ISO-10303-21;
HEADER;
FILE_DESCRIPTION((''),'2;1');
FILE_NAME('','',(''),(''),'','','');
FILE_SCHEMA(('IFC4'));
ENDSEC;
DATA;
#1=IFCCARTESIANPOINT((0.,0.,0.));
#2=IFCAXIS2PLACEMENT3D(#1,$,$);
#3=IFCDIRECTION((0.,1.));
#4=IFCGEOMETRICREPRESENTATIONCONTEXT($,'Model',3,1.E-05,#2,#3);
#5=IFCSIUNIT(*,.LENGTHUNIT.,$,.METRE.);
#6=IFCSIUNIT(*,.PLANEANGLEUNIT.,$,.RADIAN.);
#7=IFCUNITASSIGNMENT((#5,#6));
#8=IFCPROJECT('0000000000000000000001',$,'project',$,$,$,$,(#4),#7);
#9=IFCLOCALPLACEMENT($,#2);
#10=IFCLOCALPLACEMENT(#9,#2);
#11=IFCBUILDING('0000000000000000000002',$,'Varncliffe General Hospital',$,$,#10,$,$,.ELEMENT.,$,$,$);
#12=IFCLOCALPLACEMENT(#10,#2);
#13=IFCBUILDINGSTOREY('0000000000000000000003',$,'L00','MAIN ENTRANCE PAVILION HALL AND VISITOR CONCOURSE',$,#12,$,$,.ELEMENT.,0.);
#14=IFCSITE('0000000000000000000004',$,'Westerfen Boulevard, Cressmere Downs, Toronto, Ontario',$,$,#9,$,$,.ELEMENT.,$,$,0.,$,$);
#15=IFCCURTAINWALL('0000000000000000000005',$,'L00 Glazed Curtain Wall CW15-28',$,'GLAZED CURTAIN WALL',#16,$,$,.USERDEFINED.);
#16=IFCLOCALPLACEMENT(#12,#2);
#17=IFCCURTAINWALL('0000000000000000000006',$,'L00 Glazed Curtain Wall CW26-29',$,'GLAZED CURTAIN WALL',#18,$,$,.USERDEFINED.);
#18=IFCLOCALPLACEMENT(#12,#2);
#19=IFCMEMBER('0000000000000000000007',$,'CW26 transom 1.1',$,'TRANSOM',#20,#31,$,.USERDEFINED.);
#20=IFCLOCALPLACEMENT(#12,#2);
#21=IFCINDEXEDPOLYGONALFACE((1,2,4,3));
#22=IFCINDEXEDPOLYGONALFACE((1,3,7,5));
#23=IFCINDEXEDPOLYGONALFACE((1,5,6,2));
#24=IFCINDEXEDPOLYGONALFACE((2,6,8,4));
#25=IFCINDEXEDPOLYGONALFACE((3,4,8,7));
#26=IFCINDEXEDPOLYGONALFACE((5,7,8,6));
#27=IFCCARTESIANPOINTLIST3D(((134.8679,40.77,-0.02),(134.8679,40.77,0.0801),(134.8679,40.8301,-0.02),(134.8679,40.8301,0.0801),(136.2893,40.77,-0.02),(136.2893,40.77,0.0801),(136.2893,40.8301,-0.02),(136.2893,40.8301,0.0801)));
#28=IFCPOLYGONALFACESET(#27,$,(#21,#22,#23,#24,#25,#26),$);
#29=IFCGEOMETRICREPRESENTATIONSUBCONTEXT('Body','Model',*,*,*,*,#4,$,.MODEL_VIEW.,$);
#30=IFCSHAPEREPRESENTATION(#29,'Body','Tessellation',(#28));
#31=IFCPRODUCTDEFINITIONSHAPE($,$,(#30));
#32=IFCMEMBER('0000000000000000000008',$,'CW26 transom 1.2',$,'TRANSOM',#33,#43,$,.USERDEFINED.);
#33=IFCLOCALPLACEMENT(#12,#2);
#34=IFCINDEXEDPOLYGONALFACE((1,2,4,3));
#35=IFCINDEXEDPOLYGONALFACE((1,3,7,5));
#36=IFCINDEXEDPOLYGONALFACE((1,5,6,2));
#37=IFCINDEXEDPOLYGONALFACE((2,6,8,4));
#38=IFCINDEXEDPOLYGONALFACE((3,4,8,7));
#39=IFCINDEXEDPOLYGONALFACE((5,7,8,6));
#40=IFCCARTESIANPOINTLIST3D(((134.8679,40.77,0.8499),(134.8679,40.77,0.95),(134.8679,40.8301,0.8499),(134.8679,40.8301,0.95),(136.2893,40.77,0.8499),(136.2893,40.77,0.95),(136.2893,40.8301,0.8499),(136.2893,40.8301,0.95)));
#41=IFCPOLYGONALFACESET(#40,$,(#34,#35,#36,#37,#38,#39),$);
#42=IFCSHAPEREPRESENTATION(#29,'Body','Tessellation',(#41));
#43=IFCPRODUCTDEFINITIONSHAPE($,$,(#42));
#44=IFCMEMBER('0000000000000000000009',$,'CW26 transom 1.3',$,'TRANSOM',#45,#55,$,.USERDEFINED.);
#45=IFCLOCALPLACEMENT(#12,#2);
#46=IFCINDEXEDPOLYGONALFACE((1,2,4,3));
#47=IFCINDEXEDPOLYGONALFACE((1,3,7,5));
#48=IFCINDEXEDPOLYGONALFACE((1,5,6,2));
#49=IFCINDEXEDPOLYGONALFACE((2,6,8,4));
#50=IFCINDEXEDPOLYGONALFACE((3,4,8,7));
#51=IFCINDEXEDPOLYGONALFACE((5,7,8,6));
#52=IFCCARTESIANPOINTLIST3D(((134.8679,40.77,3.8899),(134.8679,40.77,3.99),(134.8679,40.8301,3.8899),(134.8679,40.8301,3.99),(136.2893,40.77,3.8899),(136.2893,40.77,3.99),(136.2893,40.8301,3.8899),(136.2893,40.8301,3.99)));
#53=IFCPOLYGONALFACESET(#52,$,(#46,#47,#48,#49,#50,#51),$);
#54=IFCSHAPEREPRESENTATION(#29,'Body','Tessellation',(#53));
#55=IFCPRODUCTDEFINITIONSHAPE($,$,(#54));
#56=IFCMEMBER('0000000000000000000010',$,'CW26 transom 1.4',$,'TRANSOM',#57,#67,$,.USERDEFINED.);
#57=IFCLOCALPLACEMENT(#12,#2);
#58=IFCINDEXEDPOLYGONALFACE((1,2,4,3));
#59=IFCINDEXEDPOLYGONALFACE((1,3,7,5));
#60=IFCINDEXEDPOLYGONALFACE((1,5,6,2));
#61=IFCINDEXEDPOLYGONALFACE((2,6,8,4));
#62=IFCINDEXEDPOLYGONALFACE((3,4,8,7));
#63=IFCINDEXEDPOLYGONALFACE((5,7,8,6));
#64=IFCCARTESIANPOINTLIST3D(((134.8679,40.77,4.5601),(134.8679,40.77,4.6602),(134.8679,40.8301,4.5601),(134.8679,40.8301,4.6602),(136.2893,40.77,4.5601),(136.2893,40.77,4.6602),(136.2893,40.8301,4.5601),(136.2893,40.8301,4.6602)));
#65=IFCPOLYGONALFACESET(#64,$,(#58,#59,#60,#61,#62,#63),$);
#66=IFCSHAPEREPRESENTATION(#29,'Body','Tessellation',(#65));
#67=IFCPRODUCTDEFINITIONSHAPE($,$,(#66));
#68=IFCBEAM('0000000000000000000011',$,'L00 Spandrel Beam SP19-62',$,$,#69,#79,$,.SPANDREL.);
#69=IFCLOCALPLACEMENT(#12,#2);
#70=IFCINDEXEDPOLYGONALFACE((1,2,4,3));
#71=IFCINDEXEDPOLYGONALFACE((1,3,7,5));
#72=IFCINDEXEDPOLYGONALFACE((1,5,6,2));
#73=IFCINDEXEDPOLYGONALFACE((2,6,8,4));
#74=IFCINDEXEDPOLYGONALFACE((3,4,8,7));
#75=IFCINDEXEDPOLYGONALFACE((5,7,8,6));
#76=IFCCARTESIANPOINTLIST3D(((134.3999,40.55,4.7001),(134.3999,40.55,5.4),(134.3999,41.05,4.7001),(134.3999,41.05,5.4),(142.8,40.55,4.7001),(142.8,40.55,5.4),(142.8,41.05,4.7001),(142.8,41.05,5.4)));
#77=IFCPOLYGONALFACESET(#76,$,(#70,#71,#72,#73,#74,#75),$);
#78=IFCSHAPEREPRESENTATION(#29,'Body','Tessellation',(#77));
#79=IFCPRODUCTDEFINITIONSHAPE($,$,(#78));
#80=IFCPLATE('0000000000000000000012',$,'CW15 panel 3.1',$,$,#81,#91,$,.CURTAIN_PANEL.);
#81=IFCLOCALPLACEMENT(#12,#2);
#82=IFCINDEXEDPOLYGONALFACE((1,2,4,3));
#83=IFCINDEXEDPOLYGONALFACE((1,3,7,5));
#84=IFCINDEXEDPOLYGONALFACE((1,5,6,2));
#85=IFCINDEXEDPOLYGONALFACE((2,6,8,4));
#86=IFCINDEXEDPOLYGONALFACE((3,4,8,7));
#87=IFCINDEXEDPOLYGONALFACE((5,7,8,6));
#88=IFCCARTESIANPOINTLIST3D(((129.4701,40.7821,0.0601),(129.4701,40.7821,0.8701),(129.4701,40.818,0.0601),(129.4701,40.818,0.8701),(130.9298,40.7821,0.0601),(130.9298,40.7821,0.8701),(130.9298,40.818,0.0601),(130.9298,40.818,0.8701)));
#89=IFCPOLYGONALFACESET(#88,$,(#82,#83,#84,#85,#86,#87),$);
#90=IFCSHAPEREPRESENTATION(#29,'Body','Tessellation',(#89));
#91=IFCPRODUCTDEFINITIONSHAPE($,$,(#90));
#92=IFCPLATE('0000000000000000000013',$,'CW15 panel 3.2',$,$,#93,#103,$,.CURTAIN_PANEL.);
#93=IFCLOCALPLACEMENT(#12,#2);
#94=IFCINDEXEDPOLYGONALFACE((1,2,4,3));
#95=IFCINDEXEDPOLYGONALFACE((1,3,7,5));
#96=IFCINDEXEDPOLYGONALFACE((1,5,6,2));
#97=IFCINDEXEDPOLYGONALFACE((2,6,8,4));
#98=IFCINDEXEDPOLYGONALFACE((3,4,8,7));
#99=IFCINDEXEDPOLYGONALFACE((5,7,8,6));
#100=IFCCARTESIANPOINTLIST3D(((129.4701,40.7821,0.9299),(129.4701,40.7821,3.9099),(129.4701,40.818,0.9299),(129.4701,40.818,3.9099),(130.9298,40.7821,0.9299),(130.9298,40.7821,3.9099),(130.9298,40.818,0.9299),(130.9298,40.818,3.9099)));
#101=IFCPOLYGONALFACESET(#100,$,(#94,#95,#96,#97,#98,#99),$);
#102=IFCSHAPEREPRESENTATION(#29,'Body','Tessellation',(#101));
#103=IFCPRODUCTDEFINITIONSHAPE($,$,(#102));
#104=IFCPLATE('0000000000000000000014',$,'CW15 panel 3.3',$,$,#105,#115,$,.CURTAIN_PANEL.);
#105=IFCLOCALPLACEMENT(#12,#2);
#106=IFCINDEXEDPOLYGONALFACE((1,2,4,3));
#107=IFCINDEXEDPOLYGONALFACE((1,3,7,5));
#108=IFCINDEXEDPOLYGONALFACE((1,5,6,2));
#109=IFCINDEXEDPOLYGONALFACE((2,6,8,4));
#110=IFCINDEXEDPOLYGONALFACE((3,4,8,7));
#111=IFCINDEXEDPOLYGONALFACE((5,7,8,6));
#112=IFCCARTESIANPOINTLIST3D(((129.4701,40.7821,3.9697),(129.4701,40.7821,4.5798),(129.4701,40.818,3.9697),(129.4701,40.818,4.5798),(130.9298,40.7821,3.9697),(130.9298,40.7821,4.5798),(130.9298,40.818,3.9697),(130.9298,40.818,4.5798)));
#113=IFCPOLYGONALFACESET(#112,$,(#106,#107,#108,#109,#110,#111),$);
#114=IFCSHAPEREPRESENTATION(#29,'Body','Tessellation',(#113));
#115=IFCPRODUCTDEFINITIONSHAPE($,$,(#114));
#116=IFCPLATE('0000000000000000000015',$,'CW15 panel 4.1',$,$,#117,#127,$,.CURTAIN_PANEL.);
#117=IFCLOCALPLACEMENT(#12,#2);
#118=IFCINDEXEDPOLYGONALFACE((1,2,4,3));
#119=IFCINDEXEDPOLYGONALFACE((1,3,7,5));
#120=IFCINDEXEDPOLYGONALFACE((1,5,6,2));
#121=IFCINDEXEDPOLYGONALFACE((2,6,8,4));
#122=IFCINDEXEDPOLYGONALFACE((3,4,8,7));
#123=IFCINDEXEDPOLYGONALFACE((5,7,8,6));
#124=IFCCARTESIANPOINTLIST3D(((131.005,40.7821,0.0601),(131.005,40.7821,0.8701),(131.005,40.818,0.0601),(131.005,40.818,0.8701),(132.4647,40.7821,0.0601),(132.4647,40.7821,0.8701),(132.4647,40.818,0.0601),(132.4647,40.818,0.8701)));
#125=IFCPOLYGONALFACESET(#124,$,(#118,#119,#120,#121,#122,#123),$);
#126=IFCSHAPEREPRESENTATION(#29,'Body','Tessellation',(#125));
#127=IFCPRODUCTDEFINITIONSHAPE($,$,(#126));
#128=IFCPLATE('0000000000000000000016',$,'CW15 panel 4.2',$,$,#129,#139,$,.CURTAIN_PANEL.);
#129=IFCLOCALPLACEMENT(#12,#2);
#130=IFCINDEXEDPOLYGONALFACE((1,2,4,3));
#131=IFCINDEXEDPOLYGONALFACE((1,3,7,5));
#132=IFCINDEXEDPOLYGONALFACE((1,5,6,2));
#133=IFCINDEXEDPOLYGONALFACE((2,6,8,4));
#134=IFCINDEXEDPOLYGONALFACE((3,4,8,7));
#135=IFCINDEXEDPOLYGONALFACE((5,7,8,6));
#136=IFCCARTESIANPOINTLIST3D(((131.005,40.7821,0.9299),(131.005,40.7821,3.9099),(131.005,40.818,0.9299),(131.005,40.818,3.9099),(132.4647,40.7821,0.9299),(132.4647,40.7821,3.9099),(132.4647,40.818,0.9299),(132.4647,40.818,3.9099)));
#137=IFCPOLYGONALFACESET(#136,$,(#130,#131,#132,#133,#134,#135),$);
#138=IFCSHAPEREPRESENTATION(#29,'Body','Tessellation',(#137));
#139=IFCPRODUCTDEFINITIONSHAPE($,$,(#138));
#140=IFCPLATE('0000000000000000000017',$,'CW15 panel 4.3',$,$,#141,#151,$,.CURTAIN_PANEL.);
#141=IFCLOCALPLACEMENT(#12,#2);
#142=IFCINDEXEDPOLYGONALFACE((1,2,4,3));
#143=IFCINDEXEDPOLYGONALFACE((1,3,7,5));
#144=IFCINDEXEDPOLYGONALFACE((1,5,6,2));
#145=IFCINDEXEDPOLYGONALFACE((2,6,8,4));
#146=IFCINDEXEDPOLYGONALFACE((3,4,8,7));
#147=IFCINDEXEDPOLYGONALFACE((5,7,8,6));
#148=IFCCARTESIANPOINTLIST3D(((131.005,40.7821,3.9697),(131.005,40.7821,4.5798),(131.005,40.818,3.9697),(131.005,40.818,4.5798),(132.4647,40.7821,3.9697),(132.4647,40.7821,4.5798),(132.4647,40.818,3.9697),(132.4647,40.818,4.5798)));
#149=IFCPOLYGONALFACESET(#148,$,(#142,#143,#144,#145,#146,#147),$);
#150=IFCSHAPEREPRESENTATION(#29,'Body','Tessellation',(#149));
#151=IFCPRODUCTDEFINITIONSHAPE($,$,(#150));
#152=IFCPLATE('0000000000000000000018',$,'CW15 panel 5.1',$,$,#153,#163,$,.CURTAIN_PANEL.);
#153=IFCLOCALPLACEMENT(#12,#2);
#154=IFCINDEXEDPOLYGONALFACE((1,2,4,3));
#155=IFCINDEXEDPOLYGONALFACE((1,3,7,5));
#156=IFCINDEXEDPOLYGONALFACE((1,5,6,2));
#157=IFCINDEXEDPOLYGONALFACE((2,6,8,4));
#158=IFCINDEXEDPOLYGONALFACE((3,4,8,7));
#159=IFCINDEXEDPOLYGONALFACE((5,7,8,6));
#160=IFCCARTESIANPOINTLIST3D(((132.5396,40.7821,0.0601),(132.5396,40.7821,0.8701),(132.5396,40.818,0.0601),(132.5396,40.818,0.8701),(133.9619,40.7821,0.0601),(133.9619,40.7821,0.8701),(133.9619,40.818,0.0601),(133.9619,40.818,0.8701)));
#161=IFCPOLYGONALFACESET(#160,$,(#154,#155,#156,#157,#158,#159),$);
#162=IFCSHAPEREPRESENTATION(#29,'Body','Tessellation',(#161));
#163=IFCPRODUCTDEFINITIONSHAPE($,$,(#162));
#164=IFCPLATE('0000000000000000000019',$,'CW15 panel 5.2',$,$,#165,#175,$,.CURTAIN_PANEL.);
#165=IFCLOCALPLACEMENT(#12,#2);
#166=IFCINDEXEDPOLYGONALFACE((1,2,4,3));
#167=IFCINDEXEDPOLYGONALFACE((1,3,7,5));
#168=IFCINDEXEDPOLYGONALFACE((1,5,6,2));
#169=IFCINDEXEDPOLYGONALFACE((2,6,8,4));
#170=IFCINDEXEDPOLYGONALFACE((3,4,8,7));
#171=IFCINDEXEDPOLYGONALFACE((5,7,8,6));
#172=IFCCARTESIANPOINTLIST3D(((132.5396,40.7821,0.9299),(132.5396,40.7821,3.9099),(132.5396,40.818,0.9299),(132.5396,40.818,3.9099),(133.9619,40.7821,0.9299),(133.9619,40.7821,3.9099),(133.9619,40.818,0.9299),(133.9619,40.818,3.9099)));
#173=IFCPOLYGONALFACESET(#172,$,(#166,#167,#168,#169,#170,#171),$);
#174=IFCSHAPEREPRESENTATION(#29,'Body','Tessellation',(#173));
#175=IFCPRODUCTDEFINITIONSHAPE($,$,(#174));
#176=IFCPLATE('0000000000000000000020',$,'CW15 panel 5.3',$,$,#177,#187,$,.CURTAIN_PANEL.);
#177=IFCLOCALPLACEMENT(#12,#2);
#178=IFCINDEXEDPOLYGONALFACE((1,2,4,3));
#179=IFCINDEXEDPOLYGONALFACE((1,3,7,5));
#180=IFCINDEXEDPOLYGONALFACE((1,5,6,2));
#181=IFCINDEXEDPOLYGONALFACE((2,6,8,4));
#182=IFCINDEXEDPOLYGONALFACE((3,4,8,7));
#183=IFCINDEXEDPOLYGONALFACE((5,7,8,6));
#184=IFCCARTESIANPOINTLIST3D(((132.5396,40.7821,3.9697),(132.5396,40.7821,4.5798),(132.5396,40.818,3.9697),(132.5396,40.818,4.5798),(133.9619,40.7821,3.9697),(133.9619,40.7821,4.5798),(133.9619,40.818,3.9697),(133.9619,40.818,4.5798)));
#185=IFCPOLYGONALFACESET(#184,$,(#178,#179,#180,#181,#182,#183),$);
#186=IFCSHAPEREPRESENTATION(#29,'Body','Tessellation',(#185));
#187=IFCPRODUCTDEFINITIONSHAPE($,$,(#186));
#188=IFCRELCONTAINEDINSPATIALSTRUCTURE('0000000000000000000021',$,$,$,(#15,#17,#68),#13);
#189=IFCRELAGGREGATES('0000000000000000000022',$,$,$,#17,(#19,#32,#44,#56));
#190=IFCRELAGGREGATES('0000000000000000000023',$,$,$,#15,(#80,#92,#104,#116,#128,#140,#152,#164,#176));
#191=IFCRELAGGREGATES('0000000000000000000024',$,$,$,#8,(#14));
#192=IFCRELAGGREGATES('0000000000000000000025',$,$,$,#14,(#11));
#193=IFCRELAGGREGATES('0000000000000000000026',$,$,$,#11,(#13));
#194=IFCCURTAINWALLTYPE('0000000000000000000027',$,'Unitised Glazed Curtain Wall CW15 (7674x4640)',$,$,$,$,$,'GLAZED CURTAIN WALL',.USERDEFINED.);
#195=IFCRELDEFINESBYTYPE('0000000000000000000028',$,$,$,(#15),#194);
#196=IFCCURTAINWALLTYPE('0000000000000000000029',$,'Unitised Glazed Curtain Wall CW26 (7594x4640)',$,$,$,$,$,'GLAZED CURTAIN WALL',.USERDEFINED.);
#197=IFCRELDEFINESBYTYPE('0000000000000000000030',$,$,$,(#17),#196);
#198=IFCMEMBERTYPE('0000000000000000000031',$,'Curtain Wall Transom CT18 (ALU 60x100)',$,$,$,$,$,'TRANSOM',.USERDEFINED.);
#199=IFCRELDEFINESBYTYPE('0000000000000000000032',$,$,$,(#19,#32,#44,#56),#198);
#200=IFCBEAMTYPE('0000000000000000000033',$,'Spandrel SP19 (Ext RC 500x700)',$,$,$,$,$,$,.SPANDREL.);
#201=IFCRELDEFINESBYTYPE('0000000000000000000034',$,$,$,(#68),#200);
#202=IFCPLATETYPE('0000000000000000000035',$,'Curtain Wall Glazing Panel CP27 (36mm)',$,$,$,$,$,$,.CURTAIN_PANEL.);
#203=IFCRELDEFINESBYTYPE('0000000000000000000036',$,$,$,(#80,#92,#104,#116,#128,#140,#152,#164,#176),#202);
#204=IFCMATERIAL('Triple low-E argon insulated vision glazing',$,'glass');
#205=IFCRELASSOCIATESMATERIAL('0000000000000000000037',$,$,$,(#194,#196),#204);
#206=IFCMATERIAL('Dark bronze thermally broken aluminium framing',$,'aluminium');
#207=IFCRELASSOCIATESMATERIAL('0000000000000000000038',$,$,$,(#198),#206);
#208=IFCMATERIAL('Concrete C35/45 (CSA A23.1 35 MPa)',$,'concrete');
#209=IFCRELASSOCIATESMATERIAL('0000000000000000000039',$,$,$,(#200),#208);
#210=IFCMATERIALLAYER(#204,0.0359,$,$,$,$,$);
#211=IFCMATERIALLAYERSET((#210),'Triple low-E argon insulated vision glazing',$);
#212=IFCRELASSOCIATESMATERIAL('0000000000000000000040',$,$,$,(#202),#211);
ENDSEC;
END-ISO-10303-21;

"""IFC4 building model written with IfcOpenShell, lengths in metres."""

from ifc_helpers import new_model, si_unit, direction, frame, origin, origin_2d, place, context, subcontext, project, spatial, rectangle, extrude, material, layer, layer_set, material_profile, profile_set, type_object, element, aggregate, save


model = new_model("IFC4")

# Units and contexts
model_context = context("Model", 3, precision=1e-05, world=origin(), true_north=direction((0.0, 1.0)))
body_context = subcontext(model_context, "Body", "Model", "MODEL_VIEW")
ifc_project = project(units=[si_unit("LENGTHUNIT", "METRE"), si_unit("PLANEANGLEUNIT", "RADIAN")], contexts=[model_context])

# Site, building, storey
site_placement = place(None, origin())
site = spatial("IfcSite", under=ifc_project, at=site_placement, Name="Westerfen Boulevard, Cressmere Downs, Toronto, Ontario", CompositionType="ELEMENT", RefElevation=0.0)
building_placement = place(site_placement, origin())
building = spatial("IfcBuilding", under=site, at=building_placement, Name="Varncliffe General Hospital", CompositionType="ELEMENT")
storey_placement = place(building_placement, origin())
storey = spatial("IfcBuildingStorey", under=building, at=storey_placement, Name="L00", Description="MAIN ENTRANCE PAVILION HALL AND VISITOR CONCOURSE", CompositionType="ELEMENT", Elevation=0.0)

# Shared definitions
ifc_material_1 = material(Name="Concrete C35/45 (CSA A23.1 35 MPa)", Category="concrete")

# Curtain wall
ifc_material_2 = material(Name="Triple low-E argon insulated vision glazing", Category="glass")
curtain_wall_type_1 = type_object("IfcCurtainWallType", Name="Unitised Glazed Curtain Wall CW15 (7674x4640)", ElementType="GLAZED CURTAIN WALL", PredefinedType="USERDEFINED", material=ifc_material_2)
curtain_wall_1_placement = place(storey_placement, origin())
curtain_wall_1 = element("IfcCurtainWall", 1, at=curtain_wall_1_placement, inside=storey, type_object=curtain_wall_type_1, Name="L00 Glazed Curtain Wall CW15-28", ObjectType="GLAZED CURTAIN WALL", PredefinedType="USERDEFINED")
ifc_material_3 = material(Name="Dark bronze thermally broken aluminium framing", Category="aluminium")

# Curtain wall
curtain_wall_type_2 = type_object("IfcCurtainWallType", Name="Unitised Glazed Curtain Wall CW26 (7594x4640)", ElementType="GLAZED CURTAIN WALL", PredefinedType="USERDEFINED", material=ifc_material_2)
curtain_wall_2_placement = place(storey_placement, origin())
curtain_wall_2 = element("IfcCurtainWall", 2, at=curtain_wall_2_placement, inside=storey, type_object=curtain_wall_type_2, Name="L00 Glazed Curtain Wall CW26-29", ObjectType="GLAZED CURTAIN WALL", PredefinedType="USERDEFINED")

# Members
ifc_material_profile_1 = material_profile(ifc_material_3, rectangle(XDim=0.0601, YDim=0.1001, at=origin_2d()), Name="ALU 60x100")
ifc_profile_set_1 = profile_set([ifc_material_profile_1], Name="Dark bronze thermally broken aluminium framing")
member_type_1 = type_object("IfcMemberType", Name="Curtain Wall Transom CT18 (ALU 60x100)", ElementType="TRANSOM", PredefinedType="USERDEFINED", material=ifc_profile_set_1)
member_1_placement = place(storey_placement, frame((134.8679, 40.8, 0.03), z_axis=(1.0, 0.0, 0.0), x_axis=(0.0, 1.0, 0.0)))
member_1 = element("IfcMember", 3, at=member_1_placement, type_object=member_type_1, Name="CW26 transom 1.1", ObjectType="TRANSOM", PredefinedType="USERDEFINED", context=body_context, shape_type="SweptSolid", body=[
    extrude(rectangle(XDim=0.0601, YDim=0.1001, at=origin_2d()), origin(), (0.0, 0.0, 1.0), 1.4214),
])
member_2_placement = place(storey_placement, frame((134.8679, 40.8, 0.8999), z_axis=(1.0, 0.0, 0.0), x_axis=(0.0, 1.0, 0.0)))
member_2 = element("IfcMember", 4, at=member_2_placement, type_object=member_type_1, Name="CW26 transom 1.2", ObjectType="TRANSOM", PredefinedType="USERDEFINED", context=body_context, shape_type="SweptSolid", body=[
    extrude(rectangle(XDim=0.0601, YDim=0.1001, at=origin_2d()), origin(), (0.0, 0.0, 1.0), 1.4214),
])
member_3_placement = place(storey_placement, frame((134.8679, 40.8, 3.9399), z_axis=(1.0, 0.0, 0.0), x_axis=(0.0, 1.0, 0.0)))
member_3 = element("IfcMember", 5, at=member_3_placement, type_object=member_type_1, Name="CW26 transom 1.3", ObjectType="TRANSOM", PredefinedType="USERDEFINED", context=body_context, shape_type="SweptSolid", body=[
    extrude(rectangle(XDim=0.0601, YDim=0.1001, at=origin_2d()), origin(), (0.0, 0.0, 1.0), 1.4214),
])
member_4_placement = place(storey_placement, frame((134.8679, 40.8, 4.6101), z_axis=(1.0, 0.0, 0.0), x_axis=(0.0, 1.0, 0.0)))
member_4 = element("IfcMember", 6, at=member_4_placement, type_object=member_type_1, Name="CW26 transom 1.4", ObjectType="TRANSOM", PredefinedType="USERDEFINED", context=body_context, shape_type="SweptSolid", body=[
    extrude(rectangle(XDim=0.0601, YDim=0.1001, at=origin_2d()), origin(), (0.0, 0.0, 1.0), 1.4214),
])
aggregate(curtain_wall_2, [member_1, member_2, member_3, member_4])

# Beam
ifc_material_profile_2 = material_profile(ifc_material_1, rectangle(XDim=0.5, YDim=0.7, at=origin_2d()), Name="RC 500x700")
ifc_profile_set_2 = profile_set([ifc_material_profile_2], Name="Concrete C35/45 (CSA A23.1 35 MPa)")
beam_type_1 = type_object("IfcBeamType", Name="Spandrel SP19 (Ext RC 500x700)", PredefinedType="SPANDREL", material=ifc_profile_set_2)
beam_1_placement = place(storey_placement, frame((134.3999, 40.8, 5.05), z_axis=(1.0, 0.0, 0.0), x_axis=(0.0, 1.0, 0.0)))
element("IfcBeam", 7, at=beam_1_placement, inside=storey, type_object=beam_type_1, Name="L00 Spandrel Beam SP19-62", PredefinedType="SPANDREL", context=body_context, shape_type="SweptSolid", body=[
    extrude(rectangle(XDim=0.5, YDim=0.7, at=origin_2d()), origin(), (0.0, 0.0, 1.0), 8.4001),
])

# Plates
ifc_layer = layer(ifc_material_2, 0.0359)
ifc_layer_set = layer_set([ifc_layer], Name="Triple low-E argon insulated vision glazing")
plate_type = type_object("IfcPlateType", Name="Curtain Wall Glazing Panel CP27 (36mm)", PredefinedType="CURTAIN_PANEL", material=ifc_layer_set)
plate_1_placement = place(storey_placement, frame((130.2, 40.8, 0.0601), z_axis=(0.0, 0.0, 1.0), x_axis=(1.0, 0.0, 0.0)))
plate_1 = element("IfcPlate", 8, at=plate_1_placement, type_object=plate_type, Name="CW15 panel 3.1", PredefinedType="CURTAIN_PANEL", context=body_context, shape_type="SweptSolid", body=[
    extrude(rectangle(XDim=1.4597, YDim=0.0359, at=origin_2d()), origin(), (0.0, 0.0, 1.0), 0.8101),
])
plate_2_placement = place(storey_placement, frame((130.2, 40.8, 0.9299), z_axis=(0.0, 0.0, 1.0), x_axis=(1.0, 0.0, 0.0)))
plate_2 = element("IfcPlate", 9, at=plate_2_placement, type_object=plate_type, Name="CW15 panel 3.2", PredefinedType="CURTAIN_PANEL", context=body_context, shape_type="SweptSolid", body=[
    extrude(rectangle(XDim=1.4597, YDim=0.0359, at=origin_2d()), origin(), (0.0, 0.0, 1.0), 2.98),
])
plate_3_placement = place(storey_placement, frame((130.2, 40.8, 3.9697), z_axis=(0.0, 0.0, 1.0), x_axis=(1.0, 0.0, 0.0)))
plate_3 = element("IfcPlate", 10, at=plate_3_placement, type_object=plate_type, Name="CW15 panel 3.3", PredefinedType="CURTAIN_PANEL", context=body_context, shape_type="SweptSolid", body=[
    extrude(rectangle(XDim=1.4597, YDim=0.0359, at=origin_2d()), origin(), (0.0, 0.0, 1.0), 0.6101),
])
plate_4_placement = place(storey_placement, frame((131.7349, 40.8, 0.0601), z_axis=(0.0, 0.0, 1.0), x_axis=(1.0, 0.0, 0.0)))
plate_4 = element("IfcPlate", 11, at=plate_4_placement, type_object=plate_type, Name="CW15 panel 4.1", PredefinedType="CURTAIN_PANEL", context=body_context, shape_type="SweptSolid", body=[
    extrude(rectangle(XDim=1.4597, YDim=0.0359, at=origin_2d()), origin(), (0.0, 0.0, 1.0), 0.8101),
])
plate_5_placement = place(storey_placement, frame((131.7349, 40.8, 0.9299), z_axis=(0.0, 0.0, 1.0), x_axis=(1.0, 0.0, 0.0)))
plate_5 = element("IfcPlate", 12, at=plate_5_placement, type_object=plate_type, Name="CW15 panel 4.2", PredefinedType="CURTAIN_PANEL", context=body_context, shape_type="SweptSolid", body=[
    extrude(rectangle(XDim=1.4597, YDim=0.0359, at=origin_2d()), origin(), (0.0, 0.0, 1.0), 2.98),
])
plate_6_placement = place(storey_placement, frame((131.7349, 40.8, 3.9697), z_axis=(0.0, 0.0, 1.0), x_axis=(1.0, 0.0, 0.0)))
plate_6 = element("IfcPlate", 13, at=plate_6_placement, type_object=plate_type, Name="CW15 panel 4.3", PredefinedType="CURTAIN_PANEL", context=body_context, shape_type="SweptSolid", body=[
    extrude(rectangle(XDim=1.4597, YDim=0.0359, at=origin_2d()), origin(), (0.0, 0.0, 1.0), 0.6101),
])
plate_7_placement = place(storey_placement, frame((133.2507, 40.8, 0.0601), z_axis=(0.0, 0.0, 1.0), x_axis=(1.0, 0.0, 0.0)))
plate_7 = element("IfcPlate", 14, at=plate_7_placement, type_object=plate_type, Name="CW15 panel 5.1", PredefinedType="CURTAIN_PANEL", context=body_context, shape_type="SweptSolid", body=[
    extrude(rectangle(XDim=1.4224, YDim=0.0359, at=origin_2d()), origin(), (0.0, 0.0, 1.0), 0.8101),
])
plate_8_placement = place(storey_placement, frame((133.2507, 40.8, 0.9299), z_axis=(0.0, 0.0, 1.0), x_axis=(1.0, 0.0, 0.0)))
plate_8 = element("IfcPlate", 15, at=plate_8_placement, type_object=plate_type, Name="CW15 panel 5.2", PredefinedType="CURTAIN_PANEL", context=body_context, shape_type="SweptSolid", body=[
    extrude(rectangle(XDim=1.4224, YDim=0.0359, at=origin_2d()), origin(), (0.0, 0.0, 1.0), 2.98),
])
plate_9_placement = place(storey_placement, frame((133.2507, 40.8, 3.9697), z_axis=(0.0, 0.0, 1.0), x_axis=(1.0, 0.0, 0.0)))
plate_9 = element("IfcPlate", 16, at=plate_9_placement, type_object=plate_type, Name="CW15 panel 5.3", PredefinedType="CURTAIN_PANEL", context=body_context, shape_type="SweptSolid", body=[
    extrude(rectangle(XDim=1.4224, YDim=0.0359, at=origin_2d()), origin(), (0.0, 0.0, 1.0), 0.6101),
])
aggregate(curtain_wall_1, [plate_1, plate_2, plate_3, plate_4, plate_5, plate_6, plate_7, plate_8, plate_9])

save(model, "model.ifc")
